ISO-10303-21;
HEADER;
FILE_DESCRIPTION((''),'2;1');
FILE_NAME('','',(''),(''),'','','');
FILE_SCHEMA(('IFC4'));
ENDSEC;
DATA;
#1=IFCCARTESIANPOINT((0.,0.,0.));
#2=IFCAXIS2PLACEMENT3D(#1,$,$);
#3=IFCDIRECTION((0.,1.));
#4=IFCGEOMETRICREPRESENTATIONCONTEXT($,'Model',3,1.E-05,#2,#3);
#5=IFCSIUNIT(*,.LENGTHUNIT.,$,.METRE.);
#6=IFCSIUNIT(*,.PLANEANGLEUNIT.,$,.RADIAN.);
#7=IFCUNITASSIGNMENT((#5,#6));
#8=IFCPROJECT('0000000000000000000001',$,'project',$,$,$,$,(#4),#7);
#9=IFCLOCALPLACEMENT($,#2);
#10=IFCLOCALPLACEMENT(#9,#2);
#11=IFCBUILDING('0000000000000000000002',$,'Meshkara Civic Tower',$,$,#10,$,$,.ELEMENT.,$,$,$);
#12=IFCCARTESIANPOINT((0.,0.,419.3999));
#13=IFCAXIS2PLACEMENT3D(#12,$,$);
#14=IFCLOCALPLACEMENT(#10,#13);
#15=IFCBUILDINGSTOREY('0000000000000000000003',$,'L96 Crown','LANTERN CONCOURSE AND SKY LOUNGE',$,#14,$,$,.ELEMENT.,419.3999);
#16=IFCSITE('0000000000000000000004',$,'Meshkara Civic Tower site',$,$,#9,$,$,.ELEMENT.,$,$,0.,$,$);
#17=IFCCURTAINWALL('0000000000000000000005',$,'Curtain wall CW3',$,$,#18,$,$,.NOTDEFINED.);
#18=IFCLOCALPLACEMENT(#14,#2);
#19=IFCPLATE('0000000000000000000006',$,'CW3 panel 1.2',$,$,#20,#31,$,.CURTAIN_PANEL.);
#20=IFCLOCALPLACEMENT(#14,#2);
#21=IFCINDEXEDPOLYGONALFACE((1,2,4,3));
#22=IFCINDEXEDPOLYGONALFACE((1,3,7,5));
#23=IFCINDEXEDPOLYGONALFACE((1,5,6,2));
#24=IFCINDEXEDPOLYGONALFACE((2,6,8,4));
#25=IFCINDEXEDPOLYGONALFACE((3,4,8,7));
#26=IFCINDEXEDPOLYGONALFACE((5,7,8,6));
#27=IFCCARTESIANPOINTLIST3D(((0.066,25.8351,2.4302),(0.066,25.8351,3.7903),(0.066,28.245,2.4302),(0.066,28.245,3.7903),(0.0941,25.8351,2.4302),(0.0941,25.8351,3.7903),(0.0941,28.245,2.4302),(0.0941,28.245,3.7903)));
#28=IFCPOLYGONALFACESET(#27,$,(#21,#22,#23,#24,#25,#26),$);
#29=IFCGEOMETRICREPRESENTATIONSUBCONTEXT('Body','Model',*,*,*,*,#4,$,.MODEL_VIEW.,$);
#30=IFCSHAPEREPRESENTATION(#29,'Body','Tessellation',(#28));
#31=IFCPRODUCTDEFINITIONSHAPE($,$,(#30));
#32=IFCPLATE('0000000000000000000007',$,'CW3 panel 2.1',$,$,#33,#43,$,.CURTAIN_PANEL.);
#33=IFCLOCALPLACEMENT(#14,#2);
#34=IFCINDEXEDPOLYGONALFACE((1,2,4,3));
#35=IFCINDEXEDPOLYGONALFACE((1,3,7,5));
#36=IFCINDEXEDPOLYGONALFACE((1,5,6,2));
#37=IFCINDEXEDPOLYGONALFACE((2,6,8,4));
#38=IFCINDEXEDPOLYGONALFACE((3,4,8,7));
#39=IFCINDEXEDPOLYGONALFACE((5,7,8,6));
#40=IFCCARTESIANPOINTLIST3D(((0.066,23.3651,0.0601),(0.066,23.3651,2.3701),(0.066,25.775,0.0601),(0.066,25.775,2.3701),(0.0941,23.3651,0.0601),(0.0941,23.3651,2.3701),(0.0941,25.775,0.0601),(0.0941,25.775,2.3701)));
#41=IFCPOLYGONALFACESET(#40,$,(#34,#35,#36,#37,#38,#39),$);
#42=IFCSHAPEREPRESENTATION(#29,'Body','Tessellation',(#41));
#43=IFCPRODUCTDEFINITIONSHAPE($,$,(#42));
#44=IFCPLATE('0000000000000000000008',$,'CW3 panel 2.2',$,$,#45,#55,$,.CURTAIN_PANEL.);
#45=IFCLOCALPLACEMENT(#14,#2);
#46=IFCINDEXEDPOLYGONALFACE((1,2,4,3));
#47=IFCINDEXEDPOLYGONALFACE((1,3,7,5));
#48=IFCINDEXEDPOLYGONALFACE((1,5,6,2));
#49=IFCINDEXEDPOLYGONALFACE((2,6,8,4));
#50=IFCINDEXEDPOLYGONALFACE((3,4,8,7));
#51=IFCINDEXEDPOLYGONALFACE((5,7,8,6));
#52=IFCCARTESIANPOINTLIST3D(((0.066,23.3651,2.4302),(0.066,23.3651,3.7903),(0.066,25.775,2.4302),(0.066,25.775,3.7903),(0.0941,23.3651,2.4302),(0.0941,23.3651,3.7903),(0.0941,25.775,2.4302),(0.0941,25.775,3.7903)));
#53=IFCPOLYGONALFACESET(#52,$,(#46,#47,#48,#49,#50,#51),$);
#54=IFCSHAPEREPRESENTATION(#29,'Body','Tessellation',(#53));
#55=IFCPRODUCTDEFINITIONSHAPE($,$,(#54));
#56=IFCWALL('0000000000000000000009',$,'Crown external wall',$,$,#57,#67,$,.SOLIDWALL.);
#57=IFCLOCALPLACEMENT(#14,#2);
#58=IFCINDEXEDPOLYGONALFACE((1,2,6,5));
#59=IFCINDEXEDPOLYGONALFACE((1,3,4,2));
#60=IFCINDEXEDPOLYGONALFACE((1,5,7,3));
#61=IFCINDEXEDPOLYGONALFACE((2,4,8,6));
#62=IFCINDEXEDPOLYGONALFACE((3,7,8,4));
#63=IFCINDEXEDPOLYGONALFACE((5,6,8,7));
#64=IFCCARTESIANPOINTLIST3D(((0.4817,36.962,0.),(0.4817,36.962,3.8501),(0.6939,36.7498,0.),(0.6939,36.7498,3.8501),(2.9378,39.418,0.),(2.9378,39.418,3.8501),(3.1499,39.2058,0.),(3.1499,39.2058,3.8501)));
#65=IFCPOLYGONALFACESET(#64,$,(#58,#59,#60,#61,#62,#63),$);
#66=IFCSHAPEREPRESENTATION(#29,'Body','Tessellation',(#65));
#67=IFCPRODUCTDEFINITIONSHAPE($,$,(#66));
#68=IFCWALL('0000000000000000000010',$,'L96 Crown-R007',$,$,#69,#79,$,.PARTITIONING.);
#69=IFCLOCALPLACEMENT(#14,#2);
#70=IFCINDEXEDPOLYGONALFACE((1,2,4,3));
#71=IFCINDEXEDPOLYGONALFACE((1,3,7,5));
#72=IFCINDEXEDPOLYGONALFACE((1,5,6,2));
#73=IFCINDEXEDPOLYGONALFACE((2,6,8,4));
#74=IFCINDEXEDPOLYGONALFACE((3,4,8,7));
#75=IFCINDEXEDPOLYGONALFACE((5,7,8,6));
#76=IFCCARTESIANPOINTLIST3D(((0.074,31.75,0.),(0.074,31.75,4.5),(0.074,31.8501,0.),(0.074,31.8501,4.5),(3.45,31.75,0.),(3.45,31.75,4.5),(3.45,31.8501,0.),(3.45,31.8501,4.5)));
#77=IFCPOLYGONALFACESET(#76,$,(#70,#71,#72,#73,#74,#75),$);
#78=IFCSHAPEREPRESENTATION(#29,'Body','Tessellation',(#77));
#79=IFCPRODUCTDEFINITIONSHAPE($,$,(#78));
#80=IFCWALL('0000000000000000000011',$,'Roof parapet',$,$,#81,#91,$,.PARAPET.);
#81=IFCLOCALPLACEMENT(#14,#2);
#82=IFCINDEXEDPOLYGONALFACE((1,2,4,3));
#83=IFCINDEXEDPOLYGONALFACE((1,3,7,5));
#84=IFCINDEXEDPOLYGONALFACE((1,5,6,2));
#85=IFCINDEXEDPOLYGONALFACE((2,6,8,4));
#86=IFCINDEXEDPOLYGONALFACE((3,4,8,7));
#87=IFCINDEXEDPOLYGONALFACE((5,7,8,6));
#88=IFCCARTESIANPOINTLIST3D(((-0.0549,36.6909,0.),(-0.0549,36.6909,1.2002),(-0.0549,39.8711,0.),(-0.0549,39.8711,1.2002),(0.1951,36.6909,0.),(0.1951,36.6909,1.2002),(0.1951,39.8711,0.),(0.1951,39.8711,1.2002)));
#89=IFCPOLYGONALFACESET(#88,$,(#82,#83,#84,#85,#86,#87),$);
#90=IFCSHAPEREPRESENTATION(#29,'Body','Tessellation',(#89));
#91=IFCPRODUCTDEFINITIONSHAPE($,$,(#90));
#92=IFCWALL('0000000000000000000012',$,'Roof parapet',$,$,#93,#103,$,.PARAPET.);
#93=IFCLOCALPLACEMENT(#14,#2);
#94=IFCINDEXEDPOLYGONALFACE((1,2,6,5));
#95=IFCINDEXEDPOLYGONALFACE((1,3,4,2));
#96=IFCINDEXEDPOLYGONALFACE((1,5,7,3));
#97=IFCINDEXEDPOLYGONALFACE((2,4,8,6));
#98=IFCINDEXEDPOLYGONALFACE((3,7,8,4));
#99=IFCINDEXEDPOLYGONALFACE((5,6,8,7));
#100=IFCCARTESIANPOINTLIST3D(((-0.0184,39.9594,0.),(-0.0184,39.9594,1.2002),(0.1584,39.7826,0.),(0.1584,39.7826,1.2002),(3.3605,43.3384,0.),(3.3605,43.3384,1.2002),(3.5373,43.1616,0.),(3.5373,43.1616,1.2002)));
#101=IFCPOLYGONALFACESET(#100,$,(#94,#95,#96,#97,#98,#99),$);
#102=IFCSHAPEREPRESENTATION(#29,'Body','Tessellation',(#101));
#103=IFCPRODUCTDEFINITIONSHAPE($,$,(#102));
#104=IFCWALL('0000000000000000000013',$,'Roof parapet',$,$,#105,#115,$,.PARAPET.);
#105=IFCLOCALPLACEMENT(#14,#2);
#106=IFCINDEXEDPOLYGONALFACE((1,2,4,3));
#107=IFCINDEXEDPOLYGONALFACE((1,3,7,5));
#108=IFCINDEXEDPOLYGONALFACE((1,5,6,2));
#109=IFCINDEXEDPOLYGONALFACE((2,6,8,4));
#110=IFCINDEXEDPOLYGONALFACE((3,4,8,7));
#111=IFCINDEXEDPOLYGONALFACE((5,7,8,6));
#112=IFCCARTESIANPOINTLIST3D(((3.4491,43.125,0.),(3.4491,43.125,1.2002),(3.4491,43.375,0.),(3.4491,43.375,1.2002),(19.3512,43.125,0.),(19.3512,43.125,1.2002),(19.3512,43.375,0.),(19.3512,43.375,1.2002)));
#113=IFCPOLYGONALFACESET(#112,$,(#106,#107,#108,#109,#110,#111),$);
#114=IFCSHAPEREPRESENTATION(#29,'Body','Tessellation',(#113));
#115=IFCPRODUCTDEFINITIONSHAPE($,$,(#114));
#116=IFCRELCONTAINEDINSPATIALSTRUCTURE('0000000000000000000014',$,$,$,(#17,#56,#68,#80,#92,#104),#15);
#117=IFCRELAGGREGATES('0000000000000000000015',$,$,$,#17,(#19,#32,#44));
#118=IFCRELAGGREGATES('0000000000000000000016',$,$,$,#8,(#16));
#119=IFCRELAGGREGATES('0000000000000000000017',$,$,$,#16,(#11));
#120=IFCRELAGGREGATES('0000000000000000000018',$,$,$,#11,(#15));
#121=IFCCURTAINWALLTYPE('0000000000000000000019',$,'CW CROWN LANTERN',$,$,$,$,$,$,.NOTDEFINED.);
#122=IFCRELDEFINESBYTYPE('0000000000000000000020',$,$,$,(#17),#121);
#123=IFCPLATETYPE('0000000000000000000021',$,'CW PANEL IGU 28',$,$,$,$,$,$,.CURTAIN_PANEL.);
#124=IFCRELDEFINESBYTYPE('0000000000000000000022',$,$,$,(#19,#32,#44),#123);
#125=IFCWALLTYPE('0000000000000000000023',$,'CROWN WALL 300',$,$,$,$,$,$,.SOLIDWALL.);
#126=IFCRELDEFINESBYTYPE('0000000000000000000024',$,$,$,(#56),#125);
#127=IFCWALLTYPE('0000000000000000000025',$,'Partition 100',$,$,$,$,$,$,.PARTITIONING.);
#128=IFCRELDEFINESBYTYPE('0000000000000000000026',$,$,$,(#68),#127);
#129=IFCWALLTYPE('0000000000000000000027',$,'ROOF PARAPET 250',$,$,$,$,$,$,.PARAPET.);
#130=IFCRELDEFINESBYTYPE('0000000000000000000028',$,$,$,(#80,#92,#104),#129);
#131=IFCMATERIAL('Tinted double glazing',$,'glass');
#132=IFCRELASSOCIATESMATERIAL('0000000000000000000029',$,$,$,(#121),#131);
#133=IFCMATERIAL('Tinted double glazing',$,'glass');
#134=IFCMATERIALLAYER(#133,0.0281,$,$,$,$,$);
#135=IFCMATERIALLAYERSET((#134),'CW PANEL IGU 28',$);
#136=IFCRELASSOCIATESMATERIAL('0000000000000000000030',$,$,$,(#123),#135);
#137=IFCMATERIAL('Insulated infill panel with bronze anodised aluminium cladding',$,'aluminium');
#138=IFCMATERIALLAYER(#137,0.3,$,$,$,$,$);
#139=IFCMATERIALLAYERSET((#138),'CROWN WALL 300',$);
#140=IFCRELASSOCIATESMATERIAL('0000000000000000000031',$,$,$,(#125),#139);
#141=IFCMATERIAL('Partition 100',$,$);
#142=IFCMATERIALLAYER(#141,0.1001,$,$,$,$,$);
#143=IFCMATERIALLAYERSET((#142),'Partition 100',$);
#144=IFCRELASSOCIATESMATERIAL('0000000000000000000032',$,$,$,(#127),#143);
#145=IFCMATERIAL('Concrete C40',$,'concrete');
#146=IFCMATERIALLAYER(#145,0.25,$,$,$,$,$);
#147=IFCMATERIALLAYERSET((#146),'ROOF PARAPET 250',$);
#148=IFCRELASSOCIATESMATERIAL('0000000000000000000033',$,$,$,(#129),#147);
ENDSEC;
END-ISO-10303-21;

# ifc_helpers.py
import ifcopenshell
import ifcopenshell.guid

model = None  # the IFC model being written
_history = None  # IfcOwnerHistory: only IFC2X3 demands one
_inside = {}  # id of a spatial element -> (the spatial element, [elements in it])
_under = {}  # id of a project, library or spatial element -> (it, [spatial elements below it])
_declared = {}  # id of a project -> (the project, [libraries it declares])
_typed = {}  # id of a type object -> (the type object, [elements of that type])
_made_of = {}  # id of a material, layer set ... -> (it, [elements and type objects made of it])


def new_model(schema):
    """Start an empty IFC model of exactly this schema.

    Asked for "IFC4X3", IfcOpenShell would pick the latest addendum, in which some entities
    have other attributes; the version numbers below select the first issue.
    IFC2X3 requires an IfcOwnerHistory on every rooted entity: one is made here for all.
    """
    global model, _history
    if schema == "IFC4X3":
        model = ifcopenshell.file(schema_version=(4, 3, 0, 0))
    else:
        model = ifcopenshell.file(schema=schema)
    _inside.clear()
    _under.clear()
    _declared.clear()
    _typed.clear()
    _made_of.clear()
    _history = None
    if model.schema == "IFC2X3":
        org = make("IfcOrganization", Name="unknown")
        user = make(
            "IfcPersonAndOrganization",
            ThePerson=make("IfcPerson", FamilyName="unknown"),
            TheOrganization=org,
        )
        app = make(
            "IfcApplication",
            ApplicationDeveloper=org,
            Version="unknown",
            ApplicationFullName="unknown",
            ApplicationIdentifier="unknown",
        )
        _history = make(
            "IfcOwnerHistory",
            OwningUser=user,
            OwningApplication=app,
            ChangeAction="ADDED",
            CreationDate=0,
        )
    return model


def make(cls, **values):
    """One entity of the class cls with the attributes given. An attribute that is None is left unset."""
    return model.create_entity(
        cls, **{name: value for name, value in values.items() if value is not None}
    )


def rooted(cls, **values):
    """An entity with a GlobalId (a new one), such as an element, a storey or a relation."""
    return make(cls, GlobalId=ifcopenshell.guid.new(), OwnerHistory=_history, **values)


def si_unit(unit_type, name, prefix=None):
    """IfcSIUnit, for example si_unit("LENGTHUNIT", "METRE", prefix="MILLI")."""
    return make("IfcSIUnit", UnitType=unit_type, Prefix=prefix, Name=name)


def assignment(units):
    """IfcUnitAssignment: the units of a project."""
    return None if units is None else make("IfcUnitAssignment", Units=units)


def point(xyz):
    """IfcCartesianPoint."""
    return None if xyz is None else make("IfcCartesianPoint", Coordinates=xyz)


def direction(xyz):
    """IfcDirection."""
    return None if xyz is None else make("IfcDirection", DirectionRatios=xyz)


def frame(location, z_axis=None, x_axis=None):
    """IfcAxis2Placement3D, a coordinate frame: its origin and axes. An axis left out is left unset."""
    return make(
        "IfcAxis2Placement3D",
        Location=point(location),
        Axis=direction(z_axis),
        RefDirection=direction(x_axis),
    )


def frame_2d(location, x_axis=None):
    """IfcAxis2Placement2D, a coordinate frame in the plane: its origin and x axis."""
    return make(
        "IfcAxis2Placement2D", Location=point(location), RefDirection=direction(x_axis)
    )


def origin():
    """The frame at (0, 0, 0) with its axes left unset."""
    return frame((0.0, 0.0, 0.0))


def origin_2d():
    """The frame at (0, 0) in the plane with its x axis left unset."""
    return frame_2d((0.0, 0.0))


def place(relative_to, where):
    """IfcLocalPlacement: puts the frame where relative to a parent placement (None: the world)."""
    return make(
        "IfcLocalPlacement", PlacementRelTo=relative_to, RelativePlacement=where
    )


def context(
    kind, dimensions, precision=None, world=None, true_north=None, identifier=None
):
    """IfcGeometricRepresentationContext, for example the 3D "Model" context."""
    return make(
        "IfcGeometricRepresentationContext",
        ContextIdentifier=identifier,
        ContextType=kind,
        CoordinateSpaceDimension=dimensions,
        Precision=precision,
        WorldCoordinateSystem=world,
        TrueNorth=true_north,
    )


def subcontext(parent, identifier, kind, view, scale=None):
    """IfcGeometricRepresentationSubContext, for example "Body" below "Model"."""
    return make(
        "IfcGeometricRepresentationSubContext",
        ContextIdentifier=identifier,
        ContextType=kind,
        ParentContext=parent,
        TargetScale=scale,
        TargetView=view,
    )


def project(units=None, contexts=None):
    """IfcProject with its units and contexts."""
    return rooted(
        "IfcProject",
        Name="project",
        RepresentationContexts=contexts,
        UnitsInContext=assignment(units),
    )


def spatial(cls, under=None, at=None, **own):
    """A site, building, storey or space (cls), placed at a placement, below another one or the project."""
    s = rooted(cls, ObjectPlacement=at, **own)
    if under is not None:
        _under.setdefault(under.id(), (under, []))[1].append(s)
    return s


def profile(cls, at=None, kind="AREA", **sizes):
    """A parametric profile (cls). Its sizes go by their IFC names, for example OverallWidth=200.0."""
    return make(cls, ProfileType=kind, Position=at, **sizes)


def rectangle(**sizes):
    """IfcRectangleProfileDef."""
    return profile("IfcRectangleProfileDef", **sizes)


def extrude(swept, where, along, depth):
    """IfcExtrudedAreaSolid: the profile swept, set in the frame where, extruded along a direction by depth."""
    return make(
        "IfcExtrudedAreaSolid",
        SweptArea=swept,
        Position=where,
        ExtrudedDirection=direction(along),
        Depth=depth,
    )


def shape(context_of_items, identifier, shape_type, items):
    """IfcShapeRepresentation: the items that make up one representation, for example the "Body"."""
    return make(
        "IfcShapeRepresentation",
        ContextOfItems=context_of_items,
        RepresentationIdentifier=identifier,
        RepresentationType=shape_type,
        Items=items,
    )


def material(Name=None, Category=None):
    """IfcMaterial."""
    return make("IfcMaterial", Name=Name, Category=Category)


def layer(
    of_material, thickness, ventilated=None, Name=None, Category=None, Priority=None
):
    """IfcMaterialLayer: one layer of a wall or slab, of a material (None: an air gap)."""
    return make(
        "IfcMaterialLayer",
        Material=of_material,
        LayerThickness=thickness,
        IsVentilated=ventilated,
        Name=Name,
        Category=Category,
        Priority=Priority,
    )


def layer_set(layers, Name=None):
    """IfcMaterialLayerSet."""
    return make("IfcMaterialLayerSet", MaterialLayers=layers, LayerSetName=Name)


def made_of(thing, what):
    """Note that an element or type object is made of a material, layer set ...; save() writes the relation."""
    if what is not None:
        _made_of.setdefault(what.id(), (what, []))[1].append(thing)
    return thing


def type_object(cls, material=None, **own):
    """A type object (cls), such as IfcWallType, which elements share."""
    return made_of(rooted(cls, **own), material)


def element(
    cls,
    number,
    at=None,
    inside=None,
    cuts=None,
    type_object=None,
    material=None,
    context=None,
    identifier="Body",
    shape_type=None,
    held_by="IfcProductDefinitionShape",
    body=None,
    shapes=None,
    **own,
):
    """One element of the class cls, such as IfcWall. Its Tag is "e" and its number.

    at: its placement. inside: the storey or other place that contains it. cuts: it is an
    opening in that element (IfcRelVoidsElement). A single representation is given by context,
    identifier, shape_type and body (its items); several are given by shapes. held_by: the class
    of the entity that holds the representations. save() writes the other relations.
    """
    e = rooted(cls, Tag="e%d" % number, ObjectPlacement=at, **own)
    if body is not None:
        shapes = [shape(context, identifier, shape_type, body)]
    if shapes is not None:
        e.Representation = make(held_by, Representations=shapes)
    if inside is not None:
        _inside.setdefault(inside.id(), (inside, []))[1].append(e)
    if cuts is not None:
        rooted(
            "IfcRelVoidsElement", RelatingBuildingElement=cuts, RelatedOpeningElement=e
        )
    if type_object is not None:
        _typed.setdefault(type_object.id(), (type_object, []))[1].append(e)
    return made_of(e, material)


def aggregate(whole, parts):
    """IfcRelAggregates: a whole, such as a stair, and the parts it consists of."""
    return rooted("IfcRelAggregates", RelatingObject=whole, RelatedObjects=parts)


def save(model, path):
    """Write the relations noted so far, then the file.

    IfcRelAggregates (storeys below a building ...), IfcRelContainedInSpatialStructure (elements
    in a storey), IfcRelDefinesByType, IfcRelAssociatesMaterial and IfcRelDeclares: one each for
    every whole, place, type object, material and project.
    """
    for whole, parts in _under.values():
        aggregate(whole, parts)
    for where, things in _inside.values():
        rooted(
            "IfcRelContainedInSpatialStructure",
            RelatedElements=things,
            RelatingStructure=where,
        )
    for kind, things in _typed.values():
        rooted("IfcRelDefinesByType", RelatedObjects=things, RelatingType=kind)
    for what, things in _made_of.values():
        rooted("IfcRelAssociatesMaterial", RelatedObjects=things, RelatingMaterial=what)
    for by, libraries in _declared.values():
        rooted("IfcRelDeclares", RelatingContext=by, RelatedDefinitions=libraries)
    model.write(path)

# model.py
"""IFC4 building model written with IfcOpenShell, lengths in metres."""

from ifc_helpers import new_model, si_unit, direction, frame, frame_2d, origin, origin_2d, place, context, subcontext, project, spatial, rectangle, extrude, material, layer, layer_set, type_object, element, aggregate, save


model = new_model("IFC4")

# Units and contexts
model_context = context("Model", 3, precision=1e-05, world=origin(), true_north=direction((0.0, 1.0)))
body_context = subcontext(model_context, "Body", "Model", "MODEL_VIEW")
ifc_project = project(units=[si_unit("LENGTHUNIT", "METRE"), si_unit("PLANEANGLEUNIT", "RADIAN")], contexts=[model_context])

# Site, building, storey
site_placement = place(None, origin())
site = spatial("IfcSite", under=ifc_project, at=site_placement, Name="Meshkara Civic Tower site", CompositionType="ELEMENT", RefElevation=0.0)
building_placement = place(site_placement, origin())
building = spatial("IfcBuilding", under=site, at=building_placement, Name="Meshkara Civic Tower", CompositionType="ELEMENT")
storey_placement = place(building_placement, frame((0.0, 0.0, 419.3999)))
storey = spatial("IfcBuildingStorey", under=building, at=storey_placement, Name="L96 Crown", Description="LANTERN CONCOURSE AND SKY LOUNGE", CompositionType="ELEMENT", Elevation=419.3999)

# Curtain wall
ifc_material_1 = material(Name="Tinted double glazing", Category="glass")
curtain_wall_type = type_object("IfcCurtainWallType", Name="CW CROWN LANTERN", PredefinedType="NOTDEFINED", material=ifc_material_1)
curtain_wall_1_placement = place(storey_placement, origin())
curtain_wall_1 = element("IfcCurtainWall", 1, at=curtain_wall_1_placement, inside=storey, type_object=curtain_wall_type, Name="Curtain wall CW3", PredefinedType="NOTDEFINED")

# Plates
ifc_material_2 = material(Name="Tinted double glazing", Category="glass")
ifc_layer_1 = layer(ifc_material_2, 0.0281)
ifc_layer_set_1 = layer_set([ifc_layer_1], Name="CW PANEL IGU 28")
plate_type = type_object("IfcPlateType", Name="CW PANEL IGU 28", PredefinedType="CURTAIN_PANEL", material=ifc_layer_set_1)
plate_1_placement = place(storey_placement, frame((0.0801, 27.04, 2.4302), z_axis=(0.0, 0.0, 1.0), x_axis=(0.0, -1.0, 0.0)))
plate_1 = element("IfcPlate", 2, at=plate_1_placement, type_object=plate_type, Name="CW3 panel 1.2", PredefinedType="CURTAIN_PANEL", context=body_context, shape_type="SweptSolid", body=[
    extrude(rectangle(XDim=2.4099, YDim=0.0281, at=origin_2d()), origin(), (0.0, 0.0, 1.0), 1.3601),
])
plate_2_placement = place(storey_placement, frame((0.0801, 24.5701, 0.0601), z_axis=(0.0, 0.0, 1.0), x_axis=(0.0, -1.0, 0.0)))
plate_2 = element("IfcPlate", 3, at=plate_2_placement, type_object=plate_type, Name="CW3 panel 2.1", PredefinedType="CURTAIN_PANEL", context=body_context, shape_type="SweptSolid", body=[
    extrude(rectangle(XDim=2.4099, YDim=0.0281, at=origin_2d()), origin(), (0.0, 0.0, 1.0), 2.3101),
])
plate_3_placement = place(storey_placement, frame((0.0801, 24.5701, 2.4302), z_axis=(0.0, 0.0, 1.0), x_axis=(0.0, -1.0, 0.0)))
plate_3 = element("IfcPlate", 4, at=plate_3_placement, type_object=plate_type, Name="CW3 panel 2.2", PredefinedType="CURTAIN_PANEL", context=body_context, shape_type="SweptSolid", body=[
    extrude(rectangle(XDim=2.4099, YDim=0.0281, at=origin_2d()), origin(), (0.0, 0.0, 1.0), 1.3601),
])
aggregate(curtain_wall_1, [plate_1, plate_2, plate_3])

# Walls
ifc_material_3 = material(Name="Insulated infill panel with bronze anodised aluminium cladding", Category="aluminium")
ifc_layer_2 = layer(ifc_material_3, 0.3)
ifc_layer_set_2 = layer_set([ifc_layer_2], Name="CROWN WALL 300")
wall_type_1 = type_object("IfcWallType", Name="CROWN WALL 300", PredefinedType="SOLIDWALL", material=ifc_layer_set_2)
wall_1_placement = place(storey_placement, frame((3.0439, 39.312, 0.0), z_axis=(0.0, 0.0, 1.0), x_axis=(-0.707107, -0.707107, 0.0)))
element("IfcWall", 5, at=wall_1_placement, inside=storey, type_object=wall_type_1, Name="Crown external wall", PredefinedType="SOLIDWALL", context=body_context, shape_type="SweptSolid", body=[
    extrude(rectangle(XDim=3.4734, YDim=0.3, at=frame_2d((1.7368, 0.0))), origin(), (0.0, 0.0, 1.0), 3.8501),
])
ifc_material_4 = material(Name="Partition 100")
ifc_layer_3 = layer(ifc_material_4, 0.1001)
ifc_layer_set_3 = layer_set([ifc_layer_3], Name="Partition 100")
wall_type_2 = type_object("IfcWallType", Name="Partition 100", PredefinedType="PARTITIONING", material=ifc_layer_set_3)
wall_2_placement = place(storey_placement, frame((3.45, 31.8, 0.0), z_axis=(0.0, 0.0, 1.0), x_axis=(-1.0, 0.0, 0.0)))
element("IfcWall", 6, at=wall_2_placement, inside=storey, type_object=wall_type_2, Name="L96 Crown-R007", PredefinedType="PARTITIONING", context=body_context, shape_type="SweptSolid", body=[
    extrude(rectangle(XDim=3.376, YDim=0.1001, at=frame_2d((1.688, 0.0))), origin(), (0.0, 0.0, 1.0), 4.5),
])
ifc_material_5 = material(Name="Concrete C40", Category="concrete")
ifc_layer_4 = layer(ifc_material_5, 0.25)
ifc_layer_set_4 = layer_set([ifc_layer_4], Name="ROOF PARAPET 250")
wall_type_3 = type_object("IfcWallType", Name="ROOF PARAPET 250", PredefinedType="PARAPET", material=ifc_layer_set_4)
wall_3_placement = place(storey_placement, frame((0.0701, 36.6909, 0.0), z_axis=(0.0, 0.0, 1.0), x_axis=(0.0, 1.0, 0.0)))
element("IfcWall", 7, at=wall_3_placement, inside=storey, type_object=wall_type_3, Name="Roof parapet", PredefinedType="PARAPET", context=body_context, shape_type="SweptSolid", body=[
    extrude(rectangle(XDim=3.1802, YDim=0.25, at=frame_2d((1.5901, 0.0))), origin(), (0.0, 0.0, 1.0), 1.2002),
])
wall_4_placement = place(storey_placement, frame((0.0701, 39.8711, 0.0), z_axis=(0.0, 0.0, 1.0), x_axis=(0.707107, 0.707107, 0.0)))
element("IfcWall", 8, at=wall_4_placement, inside=storey, type_object=wall_type_3, Name="Roof parapet", PredefinedType="PARAPET", context=body_context, shape_type="SweptSolid", body=[
    extrude(rectangle(XDim=4.7786, YDim=0.25, at=frame_2d((2.3892, 0.0))), origin(), (0.0, 0.0, 1.0), 1.2002),
])
wall_5_placement = place(storey_placement, frame((3.449, 43.25, 0.0), z_axis=(0.0, 0.0, 1.0), x_axis=(1.0, 0.0, 0.0)))
element("IfcWall", 9, at=wall_5_placement, inside=storey, type_object=wall_type_3, Name="Roof parapet", PredefinedType="PARAPET", context=body_context, shape_type="SweptSolid", body=[
    extrude(rectangle(XDim=15.9021, YDim=0.25, at=frame_2d((7.9512, 0.0))), origin(), (0.0, 0.0, 1.0), 1.2002),
])

save(model, "model.ifc")
